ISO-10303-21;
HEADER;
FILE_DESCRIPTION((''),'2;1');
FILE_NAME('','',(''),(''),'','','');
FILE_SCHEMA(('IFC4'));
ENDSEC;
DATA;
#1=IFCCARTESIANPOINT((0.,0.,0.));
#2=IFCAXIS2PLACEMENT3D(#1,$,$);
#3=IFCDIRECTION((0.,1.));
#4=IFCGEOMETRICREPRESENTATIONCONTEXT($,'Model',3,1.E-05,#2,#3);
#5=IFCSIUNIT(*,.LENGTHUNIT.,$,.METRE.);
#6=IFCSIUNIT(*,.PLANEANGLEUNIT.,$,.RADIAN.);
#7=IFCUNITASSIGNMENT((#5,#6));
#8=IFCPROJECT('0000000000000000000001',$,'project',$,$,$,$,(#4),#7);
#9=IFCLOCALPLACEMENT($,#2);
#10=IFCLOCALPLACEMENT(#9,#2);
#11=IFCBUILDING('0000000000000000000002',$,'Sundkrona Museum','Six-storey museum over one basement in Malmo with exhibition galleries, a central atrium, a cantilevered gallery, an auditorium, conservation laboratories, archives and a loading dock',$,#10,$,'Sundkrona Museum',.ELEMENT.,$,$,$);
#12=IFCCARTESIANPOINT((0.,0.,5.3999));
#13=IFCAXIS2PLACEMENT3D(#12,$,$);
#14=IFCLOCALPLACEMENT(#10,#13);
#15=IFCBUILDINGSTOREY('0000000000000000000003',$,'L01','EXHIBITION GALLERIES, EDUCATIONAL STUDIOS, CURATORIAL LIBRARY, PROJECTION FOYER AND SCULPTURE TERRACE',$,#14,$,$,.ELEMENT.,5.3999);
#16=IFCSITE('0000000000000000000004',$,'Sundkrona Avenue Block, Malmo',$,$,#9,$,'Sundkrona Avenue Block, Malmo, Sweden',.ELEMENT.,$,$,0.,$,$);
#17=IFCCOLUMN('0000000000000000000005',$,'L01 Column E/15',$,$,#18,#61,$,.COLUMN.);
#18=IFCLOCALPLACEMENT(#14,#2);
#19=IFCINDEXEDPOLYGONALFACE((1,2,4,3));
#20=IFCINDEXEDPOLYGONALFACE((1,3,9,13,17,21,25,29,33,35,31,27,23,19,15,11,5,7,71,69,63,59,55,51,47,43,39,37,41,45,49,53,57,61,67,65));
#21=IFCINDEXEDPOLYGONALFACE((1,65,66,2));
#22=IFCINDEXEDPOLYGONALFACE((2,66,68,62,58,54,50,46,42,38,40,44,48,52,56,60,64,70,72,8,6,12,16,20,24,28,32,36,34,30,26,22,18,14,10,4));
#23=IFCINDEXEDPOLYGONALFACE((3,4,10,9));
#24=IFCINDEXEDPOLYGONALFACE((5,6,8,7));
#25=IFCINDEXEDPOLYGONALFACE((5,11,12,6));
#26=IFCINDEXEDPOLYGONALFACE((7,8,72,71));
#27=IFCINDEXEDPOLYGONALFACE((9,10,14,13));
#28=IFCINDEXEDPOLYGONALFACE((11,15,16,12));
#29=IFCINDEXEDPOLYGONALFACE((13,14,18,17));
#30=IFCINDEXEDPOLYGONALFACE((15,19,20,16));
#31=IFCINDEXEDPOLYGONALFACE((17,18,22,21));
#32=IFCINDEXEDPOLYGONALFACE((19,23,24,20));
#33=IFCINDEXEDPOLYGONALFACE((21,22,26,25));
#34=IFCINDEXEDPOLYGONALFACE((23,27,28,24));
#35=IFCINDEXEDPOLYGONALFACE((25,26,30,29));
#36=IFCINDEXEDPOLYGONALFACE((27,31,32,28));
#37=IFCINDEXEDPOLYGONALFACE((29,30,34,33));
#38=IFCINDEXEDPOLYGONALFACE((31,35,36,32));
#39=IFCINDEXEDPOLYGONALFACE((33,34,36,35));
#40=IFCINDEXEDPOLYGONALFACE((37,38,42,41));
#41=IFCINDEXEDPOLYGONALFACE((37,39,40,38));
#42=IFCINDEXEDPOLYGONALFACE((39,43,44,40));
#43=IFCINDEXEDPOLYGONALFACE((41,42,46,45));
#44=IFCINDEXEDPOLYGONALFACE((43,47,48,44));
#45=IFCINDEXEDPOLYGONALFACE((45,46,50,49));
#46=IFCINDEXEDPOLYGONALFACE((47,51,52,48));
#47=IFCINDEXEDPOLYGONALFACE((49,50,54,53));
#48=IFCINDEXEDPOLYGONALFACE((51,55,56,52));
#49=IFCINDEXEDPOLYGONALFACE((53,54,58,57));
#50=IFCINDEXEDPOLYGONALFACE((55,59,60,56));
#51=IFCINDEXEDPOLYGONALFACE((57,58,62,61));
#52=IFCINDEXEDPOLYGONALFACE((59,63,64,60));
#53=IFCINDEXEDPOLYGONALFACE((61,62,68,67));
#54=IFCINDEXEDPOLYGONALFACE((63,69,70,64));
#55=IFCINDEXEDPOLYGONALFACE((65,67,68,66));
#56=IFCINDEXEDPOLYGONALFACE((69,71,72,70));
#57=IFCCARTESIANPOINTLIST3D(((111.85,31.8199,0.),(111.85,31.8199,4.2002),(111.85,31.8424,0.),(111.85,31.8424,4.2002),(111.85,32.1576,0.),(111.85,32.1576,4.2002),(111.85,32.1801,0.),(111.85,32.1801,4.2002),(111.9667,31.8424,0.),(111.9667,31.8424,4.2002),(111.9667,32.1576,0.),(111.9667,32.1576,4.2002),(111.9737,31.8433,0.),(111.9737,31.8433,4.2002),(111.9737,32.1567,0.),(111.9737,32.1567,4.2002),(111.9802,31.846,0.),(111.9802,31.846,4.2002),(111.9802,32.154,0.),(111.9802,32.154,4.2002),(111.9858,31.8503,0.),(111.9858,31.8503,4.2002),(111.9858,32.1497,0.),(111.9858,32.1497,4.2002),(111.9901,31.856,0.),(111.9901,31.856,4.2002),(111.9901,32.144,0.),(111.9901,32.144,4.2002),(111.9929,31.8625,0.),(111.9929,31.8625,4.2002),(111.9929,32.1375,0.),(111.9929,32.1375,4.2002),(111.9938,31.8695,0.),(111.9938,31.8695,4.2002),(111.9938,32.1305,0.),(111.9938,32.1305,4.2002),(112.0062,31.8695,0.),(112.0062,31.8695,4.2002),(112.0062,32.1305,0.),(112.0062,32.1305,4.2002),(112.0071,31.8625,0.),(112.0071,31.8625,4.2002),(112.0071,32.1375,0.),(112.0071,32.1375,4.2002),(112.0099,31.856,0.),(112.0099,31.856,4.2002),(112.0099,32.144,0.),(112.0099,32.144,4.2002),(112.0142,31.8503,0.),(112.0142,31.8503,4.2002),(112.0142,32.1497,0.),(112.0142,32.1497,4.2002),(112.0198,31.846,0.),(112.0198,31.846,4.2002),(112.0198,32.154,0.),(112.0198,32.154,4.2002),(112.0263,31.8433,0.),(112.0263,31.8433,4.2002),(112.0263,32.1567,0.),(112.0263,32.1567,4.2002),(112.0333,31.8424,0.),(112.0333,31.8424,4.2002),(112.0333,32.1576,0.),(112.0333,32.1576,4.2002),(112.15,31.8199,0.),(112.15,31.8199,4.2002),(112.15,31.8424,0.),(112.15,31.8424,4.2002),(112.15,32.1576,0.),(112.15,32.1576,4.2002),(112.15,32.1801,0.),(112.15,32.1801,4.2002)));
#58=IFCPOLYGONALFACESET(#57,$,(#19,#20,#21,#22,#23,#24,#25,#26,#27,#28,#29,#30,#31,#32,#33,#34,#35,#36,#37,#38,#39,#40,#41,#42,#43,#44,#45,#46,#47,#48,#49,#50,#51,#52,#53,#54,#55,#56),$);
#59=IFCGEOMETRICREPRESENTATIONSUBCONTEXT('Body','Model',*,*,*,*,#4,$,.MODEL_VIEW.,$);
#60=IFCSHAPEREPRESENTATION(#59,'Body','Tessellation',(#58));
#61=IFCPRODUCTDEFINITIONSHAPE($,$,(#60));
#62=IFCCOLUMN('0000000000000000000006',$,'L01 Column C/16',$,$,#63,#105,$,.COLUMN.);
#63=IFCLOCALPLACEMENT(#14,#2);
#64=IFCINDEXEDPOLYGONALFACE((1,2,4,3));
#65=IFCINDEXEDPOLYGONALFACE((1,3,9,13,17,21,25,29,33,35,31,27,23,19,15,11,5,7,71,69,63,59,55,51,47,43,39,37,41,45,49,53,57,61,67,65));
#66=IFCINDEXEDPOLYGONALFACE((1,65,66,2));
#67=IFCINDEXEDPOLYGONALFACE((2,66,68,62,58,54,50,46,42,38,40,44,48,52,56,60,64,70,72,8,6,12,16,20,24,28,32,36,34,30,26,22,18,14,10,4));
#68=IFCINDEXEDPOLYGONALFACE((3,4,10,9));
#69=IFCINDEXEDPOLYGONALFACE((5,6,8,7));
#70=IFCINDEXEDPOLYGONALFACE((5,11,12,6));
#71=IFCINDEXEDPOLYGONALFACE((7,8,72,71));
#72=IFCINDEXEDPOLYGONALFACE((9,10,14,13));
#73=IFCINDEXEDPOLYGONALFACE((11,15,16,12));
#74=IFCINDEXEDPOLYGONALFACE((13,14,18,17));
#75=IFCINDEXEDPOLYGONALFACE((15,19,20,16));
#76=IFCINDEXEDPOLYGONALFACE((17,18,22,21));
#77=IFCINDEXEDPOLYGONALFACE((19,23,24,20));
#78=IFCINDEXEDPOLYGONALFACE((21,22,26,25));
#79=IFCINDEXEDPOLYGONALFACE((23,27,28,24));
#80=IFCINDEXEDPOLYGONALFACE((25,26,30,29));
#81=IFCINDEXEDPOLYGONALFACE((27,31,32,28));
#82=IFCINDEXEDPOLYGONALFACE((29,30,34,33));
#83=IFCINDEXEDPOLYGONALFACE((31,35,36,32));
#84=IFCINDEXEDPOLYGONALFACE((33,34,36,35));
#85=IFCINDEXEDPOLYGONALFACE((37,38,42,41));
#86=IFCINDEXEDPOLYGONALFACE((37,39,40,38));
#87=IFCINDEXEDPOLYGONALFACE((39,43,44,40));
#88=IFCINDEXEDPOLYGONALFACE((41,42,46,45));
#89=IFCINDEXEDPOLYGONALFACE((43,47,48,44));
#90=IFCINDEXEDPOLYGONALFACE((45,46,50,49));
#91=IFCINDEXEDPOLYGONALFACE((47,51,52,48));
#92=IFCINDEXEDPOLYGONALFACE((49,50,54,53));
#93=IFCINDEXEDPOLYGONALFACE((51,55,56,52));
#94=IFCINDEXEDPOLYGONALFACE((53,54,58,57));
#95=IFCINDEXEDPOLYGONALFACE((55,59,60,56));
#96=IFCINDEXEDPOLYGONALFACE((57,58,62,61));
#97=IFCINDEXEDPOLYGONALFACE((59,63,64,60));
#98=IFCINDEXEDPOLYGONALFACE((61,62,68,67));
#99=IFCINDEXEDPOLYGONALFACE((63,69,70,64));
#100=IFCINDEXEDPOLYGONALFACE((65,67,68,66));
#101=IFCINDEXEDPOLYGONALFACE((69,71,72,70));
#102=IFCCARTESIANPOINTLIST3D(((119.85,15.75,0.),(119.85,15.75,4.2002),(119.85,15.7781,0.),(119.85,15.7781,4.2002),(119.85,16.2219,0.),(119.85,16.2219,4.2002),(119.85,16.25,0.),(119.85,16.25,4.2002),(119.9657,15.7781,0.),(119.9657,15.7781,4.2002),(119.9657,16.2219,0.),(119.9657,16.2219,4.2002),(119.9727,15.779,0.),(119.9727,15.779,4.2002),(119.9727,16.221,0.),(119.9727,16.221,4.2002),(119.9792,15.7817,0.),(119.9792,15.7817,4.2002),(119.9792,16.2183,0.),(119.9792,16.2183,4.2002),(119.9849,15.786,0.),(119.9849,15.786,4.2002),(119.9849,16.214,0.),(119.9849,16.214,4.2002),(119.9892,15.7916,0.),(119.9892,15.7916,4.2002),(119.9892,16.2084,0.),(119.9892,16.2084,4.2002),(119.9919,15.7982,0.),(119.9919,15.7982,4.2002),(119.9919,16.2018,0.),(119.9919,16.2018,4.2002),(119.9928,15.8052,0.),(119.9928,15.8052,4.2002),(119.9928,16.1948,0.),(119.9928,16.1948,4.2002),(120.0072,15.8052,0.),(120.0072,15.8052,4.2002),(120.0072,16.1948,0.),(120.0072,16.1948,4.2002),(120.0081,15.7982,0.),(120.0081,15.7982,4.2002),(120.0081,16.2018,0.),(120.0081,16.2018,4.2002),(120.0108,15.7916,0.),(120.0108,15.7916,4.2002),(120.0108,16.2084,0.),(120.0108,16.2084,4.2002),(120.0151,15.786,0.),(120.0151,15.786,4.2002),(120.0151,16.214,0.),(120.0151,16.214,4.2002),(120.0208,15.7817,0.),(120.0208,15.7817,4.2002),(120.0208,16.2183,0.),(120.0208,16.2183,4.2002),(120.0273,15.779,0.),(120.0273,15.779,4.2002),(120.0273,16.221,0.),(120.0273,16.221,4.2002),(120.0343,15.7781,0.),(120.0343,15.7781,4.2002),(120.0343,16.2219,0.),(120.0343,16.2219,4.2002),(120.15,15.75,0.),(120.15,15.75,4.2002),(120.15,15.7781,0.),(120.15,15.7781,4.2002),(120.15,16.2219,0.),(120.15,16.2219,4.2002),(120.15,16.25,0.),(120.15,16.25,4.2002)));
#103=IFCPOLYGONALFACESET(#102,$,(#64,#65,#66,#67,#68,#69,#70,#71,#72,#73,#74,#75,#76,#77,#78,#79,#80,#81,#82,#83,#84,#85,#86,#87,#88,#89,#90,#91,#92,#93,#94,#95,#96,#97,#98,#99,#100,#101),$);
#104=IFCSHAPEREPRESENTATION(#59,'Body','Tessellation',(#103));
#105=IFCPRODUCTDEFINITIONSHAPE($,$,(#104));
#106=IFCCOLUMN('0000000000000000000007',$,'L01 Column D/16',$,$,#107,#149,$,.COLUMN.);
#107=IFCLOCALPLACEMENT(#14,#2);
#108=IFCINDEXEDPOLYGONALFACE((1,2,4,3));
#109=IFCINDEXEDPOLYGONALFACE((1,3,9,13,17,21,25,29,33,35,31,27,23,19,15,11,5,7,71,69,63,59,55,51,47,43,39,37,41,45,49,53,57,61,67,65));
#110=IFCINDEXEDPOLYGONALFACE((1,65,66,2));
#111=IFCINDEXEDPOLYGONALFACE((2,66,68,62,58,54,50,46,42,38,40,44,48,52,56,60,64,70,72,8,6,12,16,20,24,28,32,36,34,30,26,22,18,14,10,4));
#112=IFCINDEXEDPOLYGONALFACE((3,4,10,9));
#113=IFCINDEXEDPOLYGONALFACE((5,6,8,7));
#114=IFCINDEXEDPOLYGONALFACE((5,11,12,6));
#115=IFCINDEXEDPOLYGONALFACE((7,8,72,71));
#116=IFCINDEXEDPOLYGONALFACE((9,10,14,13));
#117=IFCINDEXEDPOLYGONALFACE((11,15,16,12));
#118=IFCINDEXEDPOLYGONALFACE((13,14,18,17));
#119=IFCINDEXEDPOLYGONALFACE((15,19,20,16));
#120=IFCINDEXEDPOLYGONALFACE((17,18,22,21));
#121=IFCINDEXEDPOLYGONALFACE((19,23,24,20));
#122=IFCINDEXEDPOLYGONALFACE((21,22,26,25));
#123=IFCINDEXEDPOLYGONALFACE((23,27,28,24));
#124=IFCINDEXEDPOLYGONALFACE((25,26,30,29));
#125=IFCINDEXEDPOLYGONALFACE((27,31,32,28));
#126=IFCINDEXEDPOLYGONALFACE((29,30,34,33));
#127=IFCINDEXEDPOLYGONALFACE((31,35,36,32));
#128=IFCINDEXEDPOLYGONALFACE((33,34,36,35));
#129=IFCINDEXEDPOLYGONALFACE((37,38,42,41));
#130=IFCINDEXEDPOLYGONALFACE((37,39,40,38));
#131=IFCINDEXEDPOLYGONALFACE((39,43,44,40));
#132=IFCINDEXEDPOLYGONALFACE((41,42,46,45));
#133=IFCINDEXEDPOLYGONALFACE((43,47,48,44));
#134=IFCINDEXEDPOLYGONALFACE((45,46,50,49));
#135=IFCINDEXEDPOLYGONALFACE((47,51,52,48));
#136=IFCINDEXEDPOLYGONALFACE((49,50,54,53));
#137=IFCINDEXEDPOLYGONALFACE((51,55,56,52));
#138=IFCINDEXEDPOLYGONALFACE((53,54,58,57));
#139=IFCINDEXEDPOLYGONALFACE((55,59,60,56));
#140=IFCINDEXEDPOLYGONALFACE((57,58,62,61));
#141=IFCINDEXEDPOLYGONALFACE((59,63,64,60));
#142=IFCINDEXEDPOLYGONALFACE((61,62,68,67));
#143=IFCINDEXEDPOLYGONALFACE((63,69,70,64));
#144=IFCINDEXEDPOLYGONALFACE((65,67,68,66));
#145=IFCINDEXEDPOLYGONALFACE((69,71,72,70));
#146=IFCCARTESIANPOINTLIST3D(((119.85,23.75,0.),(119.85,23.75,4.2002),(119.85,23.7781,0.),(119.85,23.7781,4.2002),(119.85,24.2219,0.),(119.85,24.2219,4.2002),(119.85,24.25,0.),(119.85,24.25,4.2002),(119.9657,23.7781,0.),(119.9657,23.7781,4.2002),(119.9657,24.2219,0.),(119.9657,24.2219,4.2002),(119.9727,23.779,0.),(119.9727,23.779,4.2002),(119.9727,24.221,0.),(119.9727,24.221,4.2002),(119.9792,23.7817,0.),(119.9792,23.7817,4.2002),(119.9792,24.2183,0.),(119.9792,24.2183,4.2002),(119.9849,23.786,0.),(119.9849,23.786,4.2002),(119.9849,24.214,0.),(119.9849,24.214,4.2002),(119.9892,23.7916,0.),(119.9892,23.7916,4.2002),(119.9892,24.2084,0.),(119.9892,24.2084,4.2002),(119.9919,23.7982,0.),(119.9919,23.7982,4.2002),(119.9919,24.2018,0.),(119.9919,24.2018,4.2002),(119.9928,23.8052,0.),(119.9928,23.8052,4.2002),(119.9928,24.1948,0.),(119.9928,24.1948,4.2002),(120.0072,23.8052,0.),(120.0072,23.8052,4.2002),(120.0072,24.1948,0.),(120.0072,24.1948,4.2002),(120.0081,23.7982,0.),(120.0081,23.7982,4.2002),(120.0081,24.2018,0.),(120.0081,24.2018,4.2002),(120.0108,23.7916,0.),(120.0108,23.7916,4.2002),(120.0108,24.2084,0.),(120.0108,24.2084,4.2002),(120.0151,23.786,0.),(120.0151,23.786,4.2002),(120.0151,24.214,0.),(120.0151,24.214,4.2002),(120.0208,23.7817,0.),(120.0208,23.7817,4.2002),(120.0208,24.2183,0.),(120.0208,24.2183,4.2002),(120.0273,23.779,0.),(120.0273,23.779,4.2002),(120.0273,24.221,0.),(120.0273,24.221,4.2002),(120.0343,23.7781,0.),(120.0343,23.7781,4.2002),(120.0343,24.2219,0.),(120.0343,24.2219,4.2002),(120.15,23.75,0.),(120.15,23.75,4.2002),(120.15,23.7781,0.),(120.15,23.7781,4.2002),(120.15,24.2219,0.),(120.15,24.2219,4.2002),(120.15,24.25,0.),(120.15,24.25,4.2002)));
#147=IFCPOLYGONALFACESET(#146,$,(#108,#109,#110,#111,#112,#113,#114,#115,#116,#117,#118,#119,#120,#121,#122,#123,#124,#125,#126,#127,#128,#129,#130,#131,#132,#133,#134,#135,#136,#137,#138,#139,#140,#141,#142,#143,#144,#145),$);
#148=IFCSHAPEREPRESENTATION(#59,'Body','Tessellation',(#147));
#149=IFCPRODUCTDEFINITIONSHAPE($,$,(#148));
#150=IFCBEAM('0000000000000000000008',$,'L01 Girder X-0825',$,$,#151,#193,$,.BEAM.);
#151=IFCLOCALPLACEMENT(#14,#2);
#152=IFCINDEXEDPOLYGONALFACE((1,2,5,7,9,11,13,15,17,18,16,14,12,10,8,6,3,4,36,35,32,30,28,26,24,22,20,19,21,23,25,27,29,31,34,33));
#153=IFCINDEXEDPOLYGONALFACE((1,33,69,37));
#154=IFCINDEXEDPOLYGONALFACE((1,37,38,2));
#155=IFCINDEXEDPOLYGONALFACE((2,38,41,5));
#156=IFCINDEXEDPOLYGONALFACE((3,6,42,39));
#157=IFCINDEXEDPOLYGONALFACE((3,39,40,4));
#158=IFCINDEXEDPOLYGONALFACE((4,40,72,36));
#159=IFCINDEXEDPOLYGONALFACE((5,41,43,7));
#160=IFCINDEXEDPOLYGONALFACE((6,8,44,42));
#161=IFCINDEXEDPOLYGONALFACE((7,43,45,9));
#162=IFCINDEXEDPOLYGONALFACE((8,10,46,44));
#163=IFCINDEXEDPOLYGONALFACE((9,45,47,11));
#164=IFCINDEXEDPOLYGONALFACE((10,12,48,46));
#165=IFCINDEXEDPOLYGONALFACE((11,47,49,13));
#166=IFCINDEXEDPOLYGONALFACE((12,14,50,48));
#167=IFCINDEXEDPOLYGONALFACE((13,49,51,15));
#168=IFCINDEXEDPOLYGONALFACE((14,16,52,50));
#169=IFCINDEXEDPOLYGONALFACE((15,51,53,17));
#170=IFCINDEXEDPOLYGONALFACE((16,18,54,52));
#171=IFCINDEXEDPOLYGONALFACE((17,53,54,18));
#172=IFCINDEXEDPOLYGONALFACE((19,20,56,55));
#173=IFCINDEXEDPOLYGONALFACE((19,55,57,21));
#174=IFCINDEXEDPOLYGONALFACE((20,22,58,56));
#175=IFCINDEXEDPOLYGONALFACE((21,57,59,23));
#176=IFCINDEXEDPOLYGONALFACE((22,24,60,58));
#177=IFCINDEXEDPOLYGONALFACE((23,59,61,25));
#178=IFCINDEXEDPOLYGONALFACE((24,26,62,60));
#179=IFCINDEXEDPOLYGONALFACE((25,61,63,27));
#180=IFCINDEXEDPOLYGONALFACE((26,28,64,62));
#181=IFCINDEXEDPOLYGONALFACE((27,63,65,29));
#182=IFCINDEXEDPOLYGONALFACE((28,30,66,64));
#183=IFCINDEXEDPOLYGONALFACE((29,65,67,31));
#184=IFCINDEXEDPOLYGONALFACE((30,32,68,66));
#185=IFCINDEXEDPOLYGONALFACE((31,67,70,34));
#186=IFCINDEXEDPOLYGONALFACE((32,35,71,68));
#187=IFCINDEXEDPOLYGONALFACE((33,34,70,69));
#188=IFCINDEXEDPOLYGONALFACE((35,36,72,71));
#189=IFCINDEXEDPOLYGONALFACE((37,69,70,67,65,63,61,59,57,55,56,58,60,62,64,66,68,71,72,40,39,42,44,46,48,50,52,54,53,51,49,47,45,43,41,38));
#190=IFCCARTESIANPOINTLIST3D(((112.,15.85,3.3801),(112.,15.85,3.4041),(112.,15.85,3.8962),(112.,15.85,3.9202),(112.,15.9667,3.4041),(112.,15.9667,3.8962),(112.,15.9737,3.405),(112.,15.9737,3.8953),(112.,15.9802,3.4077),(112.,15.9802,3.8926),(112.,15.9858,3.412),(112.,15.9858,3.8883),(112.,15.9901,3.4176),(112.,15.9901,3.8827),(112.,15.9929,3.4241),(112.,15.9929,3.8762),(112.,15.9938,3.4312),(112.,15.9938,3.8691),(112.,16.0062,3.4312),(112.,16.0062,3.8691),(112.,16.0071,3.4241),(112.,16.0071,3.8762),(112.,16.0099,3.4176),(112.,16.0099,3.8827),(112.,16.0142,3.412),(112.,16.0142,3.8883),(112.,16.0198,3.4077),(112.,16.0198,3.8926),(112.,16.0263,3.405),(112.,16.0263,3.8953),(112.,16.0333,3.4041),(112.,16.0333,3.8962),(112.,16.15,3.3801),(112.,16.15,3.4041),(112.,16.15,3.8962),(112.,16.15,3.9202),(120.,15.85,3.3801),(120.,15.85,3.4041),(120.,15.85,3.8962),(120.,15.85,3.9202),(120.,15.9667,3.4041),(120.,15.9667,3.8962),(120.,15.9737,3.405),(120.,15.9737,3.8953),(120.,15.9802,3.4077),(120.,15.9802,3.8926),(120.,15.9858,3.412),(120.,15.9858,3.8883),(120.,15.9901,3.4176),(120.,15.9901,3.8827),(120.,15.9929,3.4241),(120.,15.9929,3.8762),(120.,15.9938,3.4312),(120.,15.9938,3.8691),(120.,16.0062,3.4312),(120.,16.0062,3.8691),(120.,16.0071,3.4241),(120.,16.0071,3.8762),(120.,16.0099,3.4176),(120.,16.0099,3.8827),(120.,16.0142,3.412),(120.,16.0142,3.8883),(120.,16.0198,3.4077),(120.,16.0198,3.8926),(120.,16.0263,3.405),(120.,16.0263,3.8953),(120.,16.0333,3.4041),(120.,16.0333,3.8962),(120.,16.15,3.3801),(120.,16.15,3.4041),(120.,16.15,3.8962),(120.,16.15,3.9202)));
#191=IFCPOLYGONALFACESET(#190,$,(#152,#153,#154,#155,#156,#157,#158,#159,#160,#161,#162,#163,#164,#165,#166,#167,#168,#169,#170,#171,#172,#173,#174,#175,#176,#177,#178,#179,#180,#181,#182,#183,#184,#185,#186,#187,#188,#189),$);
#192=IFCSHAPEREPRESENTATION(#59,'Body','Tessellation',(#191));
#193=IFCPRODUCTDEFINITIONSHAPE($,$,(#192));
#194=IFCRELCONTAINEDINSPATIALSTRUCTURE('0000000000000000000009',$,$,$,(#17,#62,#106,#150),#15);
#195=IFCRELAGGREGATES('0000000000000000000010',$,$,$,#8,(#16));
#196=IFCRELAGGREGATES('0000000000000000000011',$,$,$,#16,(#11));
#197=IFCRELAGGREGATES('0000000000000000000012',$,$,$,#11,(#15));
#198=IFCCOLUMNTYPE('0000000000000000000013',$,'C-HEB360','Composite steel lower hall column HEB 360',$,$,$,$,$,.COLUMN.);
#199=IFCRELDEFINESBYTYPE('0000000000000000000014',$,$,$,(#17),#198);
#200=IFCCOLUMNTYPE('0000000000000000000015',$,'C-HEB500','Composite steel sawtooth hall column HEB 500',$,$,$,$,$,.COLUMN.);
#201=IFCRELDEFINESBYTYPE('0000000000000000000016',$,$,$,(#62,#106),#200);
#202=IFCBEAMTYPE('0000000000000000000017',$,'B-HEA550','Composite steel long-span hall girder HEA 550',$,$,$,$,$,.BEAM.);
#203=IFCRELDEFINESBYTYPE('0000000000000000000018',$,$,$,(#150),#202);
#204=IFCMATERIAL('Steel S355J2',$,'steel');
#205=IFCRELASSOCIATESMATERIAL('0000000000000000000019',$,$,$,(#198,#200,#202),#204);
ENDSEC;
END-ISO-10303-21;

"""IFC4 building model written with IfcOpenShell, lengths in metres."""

from ifc_helpers import new_model, si_unit, direction, frame, origin, origin_2d, place, context, subcontext, project, spatial, i_section, extrude, material, material_profile, profile_set, type_object, element, save


model = new_model("IFC4")

# Units and contexts
model_context = context("Model", 3, precision=1e-05, world=origin(), true_north=direction((0.0, 1.0)))
body_context = subcontext(model_context, "Body", "Model", "MODEL_VIEW")
ifc_project = project(units=[si_unit("LENGTHUNIT", "METRE"), si_unit("PLANEANGLEUNIT", "RADIAN")], contexts=[model_context])

# Site, building, storey
site_placement = place(None, origin())
site = spatial("IfcSite", under=ifc_project, at=site_placement, Name="Sundkrona Avenue Block, Malmo", LongName="Sundkrona Avenue Block, Malmo, Sweden", CompositionType="ELEMENT", RefElevation=0.0)
building_placement = place(site_placement, origin())
building = spatial("IfcBuilding", under=site, at=building_placement, Name="Sundkrona Museum", Description="Six-storey museum over one basement in Malmo with exhibition galleries, a central atrium, a cantilevered gallery, an auditorium, conservation laboratories, archives and a loading dock", LongName="Sundkrona Museum", CompositionType="ELEMENT")
storey_placement = place(building_placement, frame((0.0, 0.0, 5.3999)))
storey = spatial("IfcBuildingStorey", under=building, at=storey_placement, Name="L01", Description="EXHIBITION GALLERIES, EDUCATIONAL STUDIOS, CURATORIAL LIBRARY, PROJECTION FOYER AND SCULPTURE TERRACE", CompositionType="ELEMENT", Elevation=5.3999)

# Columns
ifc_material_1 = material(Name="Steel S355J2", Category="steel")
ifc_material_profile_1 = material_profile(ifc_material_1, i_section(OverallWidth=0.3, OverallDepth=0.3601, WebThickness=0.0125, FlangeThickness=0.0225, FilletRadius=0.0271, at=origin_2d()), Name="HEB 360")
ifc_profile_set_1 = profile_set([ifc_material_profile_1], Name="Steel S355J2")
column_type_1 = type_object("IfcColumnType", Name="C-HEB360", Description="Composite steel lower hall column HEB 360", PredefinedType="COLUMN", material=ifc_profile_set_1)
for number, where, z_axis, x_axis, name in (
    (1, (112.0, 32.0, 0.0), (0.0, 0.0, 1.0), (1.0, 0.0, 0.0), "L01 Column E/15"),
):
    element("IfcColumn", number, at=place(storey_placement, frame(where, z_axis=z_axis, x_axis=x_axis)), inside=storey, type_object=column_type_1, Name=name, PredefinedType="COLUMN", context=body_context, shape_type="SweptSolid", body=[
        extrude(i_section(OverallWidth=0.3, OverallDepth=0.3601, WebThickness=0.0125, FlangeThickness=0.0225, FilletRadius=0.0271, at=origin_2d()), origin(), (0.0, 0.0, 1.0), 4.2002),
    ])
ifc_material_profile_2 = material_profile(ifc_material_1, i_section(OverallWidth=0.3, OverallDepth=0.5, WebThickness=0.0144, FlangeThickness=0.0281, FilletRadius=0.0271, at=origin_2d()), Name="HEB 500")
ifc_profile_set_2 = profile_set([ifc_material_profile_2], Name="Steel S355J2")
column_type_2 = type_object("IfcColumnType", Name="C-HEB500", Description="Composite steel sawtooth hall column HEB 500", PredefinedType="COLUMN", material=ifc_profile_set_2)
for number, where, z_axis, x_axis, name in (
    (2, (120.0, 16.0, 0.0), (0.0, 0.0, 1.0), (1.0, 0.0, 0.0), "L01 Column C/16"),
    (3, (120.0, 24.0, 0.0), (0.0, 0.0, 1.0), (1.0, 0.0, 0.0), "L01 Column D/16"),
):
    element("IfcColumn", number, at=place(storey_placement, frame(where, z_axis=z_axis, x_axis=x_axis)), inside=storey, type_object=column_type_2, Name=name, PredefinedType="COLUMN", context=body_context, shape_type="SweptSolid", body=[
        extrude(i_section(OverallWidth=0.3, OverallDepth=0.5, WebThickness=0.0144, FlangeThickness=0.0281, FilletRadius=0.0271, at=origin_2d()), origin(), (0.0, 0.0, 1.0), 4.2002),
    ])

# Beam
ifc_material_profile_3 = material_profile(ifc_material_1, i_section(OverallWidth=0.3, OverallDepth=0.54, WebThickness=0.0125, FlangeThickness=0.0239, FilletRadius=0.0271, at=origin_2d()), Name="HEA 550")
ifc_profile_set_3 = profile_set([ifc_material_profile_3], Name="Steel S355J2")
beam_type_1 = type_object("IfcBeamType", Name="B-HEA550", Description="Composite steel long-span hall girder HEA 550", PredefinedType="BEAM", material=ifc_profile_set_3)
for number, where, z_axis, x_axis, name in (
    (4, (112.0, 16.0, 3.6501), (1.0, 0.0, 0.0), (0.0, 1.0, 0.0), "L01 Girder X-0825"),
):
    element("IfcBeam", number, at=place(storey_placement, frame(where, z_axis=z_axis, x_axis=x_axis)), inside=storey, type_object=beam_type_1, Name=name, PredefinedType="BEAM", context=body_context, shape_type="SweptSolid", body=[
        extrude(i_section(OverallWidth=0.3, OverallDepth=0.54, WebThickness=0.0125, FlangeThickness=0.0239, FilletRadius=0.0271, at=origin_2d()), origin(), (0.0, 0.0, 1.0), 8.0),
    ])

save(model, "model.ifc")
